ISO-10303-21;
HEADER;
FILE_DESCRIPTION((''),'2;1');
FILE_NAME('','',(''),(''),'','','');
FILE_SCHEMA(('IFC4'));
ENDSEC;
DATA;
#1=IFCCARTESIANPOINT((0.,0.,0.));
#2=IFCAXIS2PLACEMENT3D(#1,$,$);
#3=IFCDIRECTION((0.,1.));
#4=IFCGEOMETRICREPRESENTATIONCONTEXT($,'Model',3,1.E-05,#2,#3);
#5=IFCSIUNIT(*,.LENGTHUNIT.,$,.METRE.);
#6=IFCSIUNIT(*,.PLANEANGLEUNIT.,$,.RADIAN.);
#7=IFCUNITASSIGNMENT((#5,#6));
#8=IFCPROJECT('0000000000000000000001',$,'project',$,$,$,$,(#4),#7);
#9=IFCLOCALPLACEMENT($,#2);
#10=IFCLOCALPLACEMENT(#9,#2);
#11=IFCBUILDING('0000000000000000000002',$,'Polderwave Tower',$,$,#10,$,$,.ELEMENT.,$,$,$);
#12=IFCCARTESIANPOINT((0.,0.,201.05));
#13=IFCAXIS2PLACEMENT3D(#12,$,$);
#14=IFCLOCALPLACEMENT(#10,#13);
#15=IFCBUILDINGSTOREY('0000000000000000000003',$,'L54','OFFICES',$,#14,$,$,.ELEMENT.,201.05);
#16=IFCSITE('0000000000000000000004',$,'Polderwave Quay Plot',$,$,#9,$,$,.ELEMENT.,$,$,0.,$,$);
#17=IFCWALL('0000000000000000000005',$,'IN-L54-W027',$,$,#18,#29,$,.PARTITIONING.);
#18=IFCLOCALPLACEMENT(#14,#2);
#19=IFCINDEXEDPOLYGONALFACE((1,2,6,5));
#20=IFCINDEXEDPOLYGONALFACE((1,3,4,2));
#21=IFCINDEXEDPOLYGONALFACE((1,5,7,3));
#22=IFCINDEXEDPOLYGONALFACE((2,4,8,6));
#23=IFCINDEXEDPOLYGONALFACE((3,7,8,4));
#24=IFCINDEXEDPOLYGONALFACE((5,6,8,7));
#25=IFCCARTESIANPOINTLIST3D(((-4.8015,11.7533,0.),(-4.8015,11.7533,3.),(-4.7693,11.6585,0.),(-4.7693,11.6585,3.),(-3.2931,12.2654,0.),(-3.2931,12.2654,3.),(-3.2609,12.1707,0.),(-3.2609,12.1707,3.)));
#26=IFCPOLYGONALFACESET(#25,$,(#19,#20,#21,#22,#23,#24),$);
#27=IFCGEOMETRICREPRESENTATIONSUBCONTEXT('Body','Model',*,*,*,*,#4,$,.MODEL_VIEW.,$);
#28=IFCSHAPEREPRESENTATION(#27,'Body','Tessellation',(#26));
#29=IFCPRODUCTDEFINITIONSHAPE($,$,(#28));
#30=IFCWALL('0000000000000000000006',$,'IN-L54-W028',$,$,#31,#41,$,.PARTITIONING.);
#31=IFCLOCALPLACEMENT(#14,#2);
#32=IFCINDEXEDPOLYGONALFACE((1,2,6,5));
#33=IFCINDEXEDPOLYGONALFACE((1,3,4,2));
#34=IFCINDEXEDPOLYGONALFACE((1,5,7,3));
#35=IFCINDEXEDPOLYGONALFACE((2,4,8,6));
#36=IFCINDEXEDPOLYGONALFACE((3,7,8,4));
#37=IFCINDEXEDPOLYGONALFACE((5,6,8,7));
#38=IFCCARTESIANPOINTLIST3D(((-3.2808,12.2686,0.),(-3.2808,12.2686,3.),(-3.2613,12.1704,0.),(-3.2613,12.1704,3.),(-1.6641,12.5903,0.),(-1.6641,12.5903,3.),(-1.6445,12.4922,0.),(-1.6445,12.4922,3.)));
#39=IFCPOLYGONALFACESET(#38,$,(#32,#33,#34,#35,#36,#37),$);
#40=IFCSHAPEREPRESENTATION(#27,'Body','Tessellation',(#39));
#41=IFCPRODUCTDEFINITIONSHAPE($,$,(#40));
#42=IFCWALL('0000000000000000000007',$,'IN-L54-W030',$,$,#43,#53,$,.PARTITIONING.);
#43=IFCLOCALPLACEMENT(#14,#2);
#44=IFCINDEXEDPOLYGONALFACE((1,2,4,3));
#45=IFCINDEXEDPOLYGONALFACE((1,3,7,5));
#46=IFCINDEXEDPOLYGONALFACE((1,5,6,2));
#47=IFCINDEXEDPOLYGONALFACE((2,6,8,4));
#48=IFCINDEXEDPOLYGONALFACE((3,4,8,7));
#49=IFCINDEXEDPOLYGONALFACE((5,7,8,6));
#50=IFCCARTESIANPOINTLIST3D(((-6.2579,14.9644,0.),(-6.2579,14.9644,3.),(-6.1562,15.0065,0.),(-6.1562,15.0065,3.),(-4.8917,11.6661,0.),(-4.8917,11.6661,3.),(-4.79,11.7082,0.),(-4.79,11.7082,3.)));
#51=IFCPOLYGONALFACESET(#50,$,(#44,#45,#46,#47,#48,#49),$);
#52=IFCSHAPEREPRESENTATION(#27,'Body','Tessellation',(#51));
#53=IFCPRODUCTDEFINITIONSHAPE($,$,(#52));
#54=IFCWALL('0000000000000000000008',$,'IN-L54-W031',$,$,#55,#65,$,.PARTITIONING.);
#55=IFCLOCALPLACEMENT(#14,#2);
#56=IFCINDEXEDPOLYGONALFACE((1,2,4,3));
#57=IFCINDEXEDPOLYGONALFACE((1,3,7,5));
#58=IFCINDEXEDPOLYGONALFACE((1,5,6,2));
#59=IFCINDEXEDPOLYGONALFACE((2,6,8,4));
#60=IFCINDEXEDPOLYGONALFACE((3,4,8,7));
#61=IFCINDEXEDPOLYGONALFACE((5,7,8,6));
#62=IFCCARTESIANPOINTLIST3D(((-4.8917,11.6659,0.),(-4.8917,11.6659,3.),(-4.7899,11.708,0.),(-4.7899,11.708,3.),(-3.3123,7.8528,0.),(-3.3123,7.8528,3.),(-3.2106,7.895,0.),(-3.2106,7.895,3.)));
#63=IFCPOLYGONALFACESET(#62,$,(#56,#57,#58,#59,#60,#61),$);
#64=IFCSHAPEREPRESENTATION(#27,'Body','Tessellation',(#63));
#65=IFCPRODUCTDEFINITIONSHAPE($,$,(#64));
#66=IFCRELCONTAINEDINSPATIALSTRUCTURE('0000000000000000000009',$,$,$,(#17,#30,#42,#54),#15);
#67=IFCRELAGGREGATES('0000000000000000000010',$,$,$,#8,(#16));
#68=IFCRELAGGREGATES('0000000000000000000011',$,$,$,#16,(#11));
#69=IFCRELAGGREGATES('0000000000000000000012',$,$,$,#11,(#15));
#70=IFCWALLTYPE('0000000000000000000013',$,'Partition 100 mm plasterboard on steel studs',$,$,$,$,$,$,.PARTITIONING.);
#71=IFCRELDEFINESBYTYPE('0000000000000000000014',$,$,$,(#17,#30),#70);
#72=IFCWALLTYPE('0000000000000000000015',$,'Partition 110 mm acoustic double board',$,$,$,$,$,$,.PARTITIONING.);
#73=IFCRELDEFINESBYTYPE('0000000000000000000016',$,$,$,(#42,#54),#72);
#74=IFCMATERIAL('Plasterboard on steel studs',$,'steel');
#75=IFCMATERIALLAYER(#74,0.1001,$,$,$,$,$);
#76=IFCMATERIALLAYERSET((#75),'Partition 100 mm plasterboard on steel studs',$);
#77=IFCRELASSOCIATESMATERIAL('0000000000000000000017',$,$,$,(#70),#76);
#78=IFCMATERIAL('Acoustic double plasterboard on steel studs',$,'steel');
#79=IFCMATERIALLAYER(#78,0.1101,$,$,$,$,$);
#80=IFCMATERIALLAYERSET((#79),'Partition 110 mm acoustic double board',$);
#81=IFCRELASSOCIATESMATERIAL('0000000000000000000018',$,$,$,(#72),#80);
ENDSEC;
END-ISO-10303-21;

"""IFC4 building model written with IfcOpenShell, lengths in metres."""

from ifc_helpers import new_model, si_unit, direction, frame, frame_2d, origin, place, context, subcontext, project, spatial, rectangle, extrude, material, layer, layer_set, type_object, element, save


model = new_model("IFC4")

# Units and contexts
model_context = context("Model", 3, precision=1e-05, world=origin(), true_north=direction((0.0, 1.0)))
body_context = subcontext(model_context, "Body", "Model", "MODEL_VIEW")
ifc_project = project(units=[si_unit("LENGTHUNIT", "METRE"), si_unit("PLANEANGLEUNIT", "RADIAN")], contexts=[model_context])

# Site, building, storey
site_placement = place(None, origin())
site = spatial("IfcSite", under=ifc_project, at=site_placement, Name="Polderwave Quay Plot", CompositionType="ELEMENT", RefElevation=0.0)
building_placement = place(site_placement, origin())
building = spatial("IfcBuilding", under=site, at=building_placement, Name="Polderwave Tower", CompositionType="ELEMENT")
storey_placement = place(building_placement, frame((0.0, 0.0, 201.05)))
storey = spatial("IfcBuildingStorey", under=building, at=storey_placement, Name="L54", Description="OFFICES", CompositionType="ELEMENT", Elevation=201.05)

# Walls
ifc_material_1 = material(Name="Plasterboard on steel studs", Category="steel")
ifc_layer_1 = layer(ifc_material_1, 0.1001)
ifc_layer_set_1 = layer_set([ifc_layer_1], Name="Partition 100 mm plasterboard on steel studs")
wall_type_1 = type_object("IfcWallType", Name="Partition 100 mm plasterboard on steel studs", PredefinedType="PARTITIONING", material=ifc_layer_set_1)
wall_1_placement = place(storey_placement, frame((-3.2771, 12.218, 0.0), z_axis=(0.0, 0.0, 1.0), x_axis=(-0.946906, -0.32151, 0.0)))
element("IfcWall", 1, at=wall_1_placement, inside=storey, type_object=wall_type_1, Name="IN-L54-W027", PredefinedType="PARTITIONING", context=body_context, shape_type="SweptSolid", body=[
    extrude(rectangle(XDim=1.593, YDim=0.1001, at=frame_2d((0.7964, 0.0))), origin(), (0.0, 0.0, 1.0), 3.0),
])
wall_2_placement = place(storey_placement, frame((-1.6543, 12.5413, 0.0), z_axis=(0.0, 0.0, 1.0), x_axis=(-0.980763, -0.195205, 0.0)))
element("IfcWall", 2, at=wall_2_placement, inside=storey, type_object=wall_type_1, Name="IN-L54-W028", PredefinedType="PARTITIONING", context=body_context, shape_type="SweptSolid", body=[
    extrude(rectangle(XDim=1.6484, YDim=0.1001, at=frame_2d((0.8242, 0.0))), origin(), (0.0, 0.0, 1.0), 3.0),
])
ifc_material_2 = material(Name="Acoustic double plasterboard on steel studs", Category="steel")
ifc_layer_2 = layer(ifc_material_2, 0.1101)
ifc_layer_set_2 = layer_set([ifc_layer_2], Name="Partition 110 mm acoustic double board")
wall_type_2 = type_object("IfcWallType", Name="Partition 110 mm acoustic double board", PredefinedType="PARTITIONING", material=ifc_layer_set_2)
wall_3_placement = place(storey_placement, frame((-4.8408, 11.687, 0.0), z_axis=(0.0, 0.0, 1.0), x_axis=(-0.382682, 0.92388, 0.0)))
element("IfcWall", 3, at=wall_3_placement, inside=storey, type_object=wall_type_2, Name="IN-L54-W030", PredefinedType="PARTITIONING", context=body_context, shape_type="SweptSolid", body=[
    extrude(rectangle(XDim=3.5701, YDim=0.1101, at=frame_2d((1.7852, 0.0))), origin(), (0.0, 0.0, 1.0), 3.0),
])
wall_4_placement = place(storey_placement, frame((-3.2615, 7.874, 0.0), z_axis=(0.0, 0.0, 1.0), x_axis=(-0.382674, 0.923883, 0.0)))
element("IfcWall", 4, at=wall_4_placement, inside=storey, type_object=wall_type_2, Name="IN-L54-W031", PredefinedType="PARTITIONING", context=body_context, shape_type="SweptSolid", body=[
    extrude(rectangle(XDim=4.1272, YDim=0.1101, at=frame_2d((2.0635, 0.0))), origin(), (0.0, 0.0, 1.0), 3.0),
])

save(model, "model.ifc")
